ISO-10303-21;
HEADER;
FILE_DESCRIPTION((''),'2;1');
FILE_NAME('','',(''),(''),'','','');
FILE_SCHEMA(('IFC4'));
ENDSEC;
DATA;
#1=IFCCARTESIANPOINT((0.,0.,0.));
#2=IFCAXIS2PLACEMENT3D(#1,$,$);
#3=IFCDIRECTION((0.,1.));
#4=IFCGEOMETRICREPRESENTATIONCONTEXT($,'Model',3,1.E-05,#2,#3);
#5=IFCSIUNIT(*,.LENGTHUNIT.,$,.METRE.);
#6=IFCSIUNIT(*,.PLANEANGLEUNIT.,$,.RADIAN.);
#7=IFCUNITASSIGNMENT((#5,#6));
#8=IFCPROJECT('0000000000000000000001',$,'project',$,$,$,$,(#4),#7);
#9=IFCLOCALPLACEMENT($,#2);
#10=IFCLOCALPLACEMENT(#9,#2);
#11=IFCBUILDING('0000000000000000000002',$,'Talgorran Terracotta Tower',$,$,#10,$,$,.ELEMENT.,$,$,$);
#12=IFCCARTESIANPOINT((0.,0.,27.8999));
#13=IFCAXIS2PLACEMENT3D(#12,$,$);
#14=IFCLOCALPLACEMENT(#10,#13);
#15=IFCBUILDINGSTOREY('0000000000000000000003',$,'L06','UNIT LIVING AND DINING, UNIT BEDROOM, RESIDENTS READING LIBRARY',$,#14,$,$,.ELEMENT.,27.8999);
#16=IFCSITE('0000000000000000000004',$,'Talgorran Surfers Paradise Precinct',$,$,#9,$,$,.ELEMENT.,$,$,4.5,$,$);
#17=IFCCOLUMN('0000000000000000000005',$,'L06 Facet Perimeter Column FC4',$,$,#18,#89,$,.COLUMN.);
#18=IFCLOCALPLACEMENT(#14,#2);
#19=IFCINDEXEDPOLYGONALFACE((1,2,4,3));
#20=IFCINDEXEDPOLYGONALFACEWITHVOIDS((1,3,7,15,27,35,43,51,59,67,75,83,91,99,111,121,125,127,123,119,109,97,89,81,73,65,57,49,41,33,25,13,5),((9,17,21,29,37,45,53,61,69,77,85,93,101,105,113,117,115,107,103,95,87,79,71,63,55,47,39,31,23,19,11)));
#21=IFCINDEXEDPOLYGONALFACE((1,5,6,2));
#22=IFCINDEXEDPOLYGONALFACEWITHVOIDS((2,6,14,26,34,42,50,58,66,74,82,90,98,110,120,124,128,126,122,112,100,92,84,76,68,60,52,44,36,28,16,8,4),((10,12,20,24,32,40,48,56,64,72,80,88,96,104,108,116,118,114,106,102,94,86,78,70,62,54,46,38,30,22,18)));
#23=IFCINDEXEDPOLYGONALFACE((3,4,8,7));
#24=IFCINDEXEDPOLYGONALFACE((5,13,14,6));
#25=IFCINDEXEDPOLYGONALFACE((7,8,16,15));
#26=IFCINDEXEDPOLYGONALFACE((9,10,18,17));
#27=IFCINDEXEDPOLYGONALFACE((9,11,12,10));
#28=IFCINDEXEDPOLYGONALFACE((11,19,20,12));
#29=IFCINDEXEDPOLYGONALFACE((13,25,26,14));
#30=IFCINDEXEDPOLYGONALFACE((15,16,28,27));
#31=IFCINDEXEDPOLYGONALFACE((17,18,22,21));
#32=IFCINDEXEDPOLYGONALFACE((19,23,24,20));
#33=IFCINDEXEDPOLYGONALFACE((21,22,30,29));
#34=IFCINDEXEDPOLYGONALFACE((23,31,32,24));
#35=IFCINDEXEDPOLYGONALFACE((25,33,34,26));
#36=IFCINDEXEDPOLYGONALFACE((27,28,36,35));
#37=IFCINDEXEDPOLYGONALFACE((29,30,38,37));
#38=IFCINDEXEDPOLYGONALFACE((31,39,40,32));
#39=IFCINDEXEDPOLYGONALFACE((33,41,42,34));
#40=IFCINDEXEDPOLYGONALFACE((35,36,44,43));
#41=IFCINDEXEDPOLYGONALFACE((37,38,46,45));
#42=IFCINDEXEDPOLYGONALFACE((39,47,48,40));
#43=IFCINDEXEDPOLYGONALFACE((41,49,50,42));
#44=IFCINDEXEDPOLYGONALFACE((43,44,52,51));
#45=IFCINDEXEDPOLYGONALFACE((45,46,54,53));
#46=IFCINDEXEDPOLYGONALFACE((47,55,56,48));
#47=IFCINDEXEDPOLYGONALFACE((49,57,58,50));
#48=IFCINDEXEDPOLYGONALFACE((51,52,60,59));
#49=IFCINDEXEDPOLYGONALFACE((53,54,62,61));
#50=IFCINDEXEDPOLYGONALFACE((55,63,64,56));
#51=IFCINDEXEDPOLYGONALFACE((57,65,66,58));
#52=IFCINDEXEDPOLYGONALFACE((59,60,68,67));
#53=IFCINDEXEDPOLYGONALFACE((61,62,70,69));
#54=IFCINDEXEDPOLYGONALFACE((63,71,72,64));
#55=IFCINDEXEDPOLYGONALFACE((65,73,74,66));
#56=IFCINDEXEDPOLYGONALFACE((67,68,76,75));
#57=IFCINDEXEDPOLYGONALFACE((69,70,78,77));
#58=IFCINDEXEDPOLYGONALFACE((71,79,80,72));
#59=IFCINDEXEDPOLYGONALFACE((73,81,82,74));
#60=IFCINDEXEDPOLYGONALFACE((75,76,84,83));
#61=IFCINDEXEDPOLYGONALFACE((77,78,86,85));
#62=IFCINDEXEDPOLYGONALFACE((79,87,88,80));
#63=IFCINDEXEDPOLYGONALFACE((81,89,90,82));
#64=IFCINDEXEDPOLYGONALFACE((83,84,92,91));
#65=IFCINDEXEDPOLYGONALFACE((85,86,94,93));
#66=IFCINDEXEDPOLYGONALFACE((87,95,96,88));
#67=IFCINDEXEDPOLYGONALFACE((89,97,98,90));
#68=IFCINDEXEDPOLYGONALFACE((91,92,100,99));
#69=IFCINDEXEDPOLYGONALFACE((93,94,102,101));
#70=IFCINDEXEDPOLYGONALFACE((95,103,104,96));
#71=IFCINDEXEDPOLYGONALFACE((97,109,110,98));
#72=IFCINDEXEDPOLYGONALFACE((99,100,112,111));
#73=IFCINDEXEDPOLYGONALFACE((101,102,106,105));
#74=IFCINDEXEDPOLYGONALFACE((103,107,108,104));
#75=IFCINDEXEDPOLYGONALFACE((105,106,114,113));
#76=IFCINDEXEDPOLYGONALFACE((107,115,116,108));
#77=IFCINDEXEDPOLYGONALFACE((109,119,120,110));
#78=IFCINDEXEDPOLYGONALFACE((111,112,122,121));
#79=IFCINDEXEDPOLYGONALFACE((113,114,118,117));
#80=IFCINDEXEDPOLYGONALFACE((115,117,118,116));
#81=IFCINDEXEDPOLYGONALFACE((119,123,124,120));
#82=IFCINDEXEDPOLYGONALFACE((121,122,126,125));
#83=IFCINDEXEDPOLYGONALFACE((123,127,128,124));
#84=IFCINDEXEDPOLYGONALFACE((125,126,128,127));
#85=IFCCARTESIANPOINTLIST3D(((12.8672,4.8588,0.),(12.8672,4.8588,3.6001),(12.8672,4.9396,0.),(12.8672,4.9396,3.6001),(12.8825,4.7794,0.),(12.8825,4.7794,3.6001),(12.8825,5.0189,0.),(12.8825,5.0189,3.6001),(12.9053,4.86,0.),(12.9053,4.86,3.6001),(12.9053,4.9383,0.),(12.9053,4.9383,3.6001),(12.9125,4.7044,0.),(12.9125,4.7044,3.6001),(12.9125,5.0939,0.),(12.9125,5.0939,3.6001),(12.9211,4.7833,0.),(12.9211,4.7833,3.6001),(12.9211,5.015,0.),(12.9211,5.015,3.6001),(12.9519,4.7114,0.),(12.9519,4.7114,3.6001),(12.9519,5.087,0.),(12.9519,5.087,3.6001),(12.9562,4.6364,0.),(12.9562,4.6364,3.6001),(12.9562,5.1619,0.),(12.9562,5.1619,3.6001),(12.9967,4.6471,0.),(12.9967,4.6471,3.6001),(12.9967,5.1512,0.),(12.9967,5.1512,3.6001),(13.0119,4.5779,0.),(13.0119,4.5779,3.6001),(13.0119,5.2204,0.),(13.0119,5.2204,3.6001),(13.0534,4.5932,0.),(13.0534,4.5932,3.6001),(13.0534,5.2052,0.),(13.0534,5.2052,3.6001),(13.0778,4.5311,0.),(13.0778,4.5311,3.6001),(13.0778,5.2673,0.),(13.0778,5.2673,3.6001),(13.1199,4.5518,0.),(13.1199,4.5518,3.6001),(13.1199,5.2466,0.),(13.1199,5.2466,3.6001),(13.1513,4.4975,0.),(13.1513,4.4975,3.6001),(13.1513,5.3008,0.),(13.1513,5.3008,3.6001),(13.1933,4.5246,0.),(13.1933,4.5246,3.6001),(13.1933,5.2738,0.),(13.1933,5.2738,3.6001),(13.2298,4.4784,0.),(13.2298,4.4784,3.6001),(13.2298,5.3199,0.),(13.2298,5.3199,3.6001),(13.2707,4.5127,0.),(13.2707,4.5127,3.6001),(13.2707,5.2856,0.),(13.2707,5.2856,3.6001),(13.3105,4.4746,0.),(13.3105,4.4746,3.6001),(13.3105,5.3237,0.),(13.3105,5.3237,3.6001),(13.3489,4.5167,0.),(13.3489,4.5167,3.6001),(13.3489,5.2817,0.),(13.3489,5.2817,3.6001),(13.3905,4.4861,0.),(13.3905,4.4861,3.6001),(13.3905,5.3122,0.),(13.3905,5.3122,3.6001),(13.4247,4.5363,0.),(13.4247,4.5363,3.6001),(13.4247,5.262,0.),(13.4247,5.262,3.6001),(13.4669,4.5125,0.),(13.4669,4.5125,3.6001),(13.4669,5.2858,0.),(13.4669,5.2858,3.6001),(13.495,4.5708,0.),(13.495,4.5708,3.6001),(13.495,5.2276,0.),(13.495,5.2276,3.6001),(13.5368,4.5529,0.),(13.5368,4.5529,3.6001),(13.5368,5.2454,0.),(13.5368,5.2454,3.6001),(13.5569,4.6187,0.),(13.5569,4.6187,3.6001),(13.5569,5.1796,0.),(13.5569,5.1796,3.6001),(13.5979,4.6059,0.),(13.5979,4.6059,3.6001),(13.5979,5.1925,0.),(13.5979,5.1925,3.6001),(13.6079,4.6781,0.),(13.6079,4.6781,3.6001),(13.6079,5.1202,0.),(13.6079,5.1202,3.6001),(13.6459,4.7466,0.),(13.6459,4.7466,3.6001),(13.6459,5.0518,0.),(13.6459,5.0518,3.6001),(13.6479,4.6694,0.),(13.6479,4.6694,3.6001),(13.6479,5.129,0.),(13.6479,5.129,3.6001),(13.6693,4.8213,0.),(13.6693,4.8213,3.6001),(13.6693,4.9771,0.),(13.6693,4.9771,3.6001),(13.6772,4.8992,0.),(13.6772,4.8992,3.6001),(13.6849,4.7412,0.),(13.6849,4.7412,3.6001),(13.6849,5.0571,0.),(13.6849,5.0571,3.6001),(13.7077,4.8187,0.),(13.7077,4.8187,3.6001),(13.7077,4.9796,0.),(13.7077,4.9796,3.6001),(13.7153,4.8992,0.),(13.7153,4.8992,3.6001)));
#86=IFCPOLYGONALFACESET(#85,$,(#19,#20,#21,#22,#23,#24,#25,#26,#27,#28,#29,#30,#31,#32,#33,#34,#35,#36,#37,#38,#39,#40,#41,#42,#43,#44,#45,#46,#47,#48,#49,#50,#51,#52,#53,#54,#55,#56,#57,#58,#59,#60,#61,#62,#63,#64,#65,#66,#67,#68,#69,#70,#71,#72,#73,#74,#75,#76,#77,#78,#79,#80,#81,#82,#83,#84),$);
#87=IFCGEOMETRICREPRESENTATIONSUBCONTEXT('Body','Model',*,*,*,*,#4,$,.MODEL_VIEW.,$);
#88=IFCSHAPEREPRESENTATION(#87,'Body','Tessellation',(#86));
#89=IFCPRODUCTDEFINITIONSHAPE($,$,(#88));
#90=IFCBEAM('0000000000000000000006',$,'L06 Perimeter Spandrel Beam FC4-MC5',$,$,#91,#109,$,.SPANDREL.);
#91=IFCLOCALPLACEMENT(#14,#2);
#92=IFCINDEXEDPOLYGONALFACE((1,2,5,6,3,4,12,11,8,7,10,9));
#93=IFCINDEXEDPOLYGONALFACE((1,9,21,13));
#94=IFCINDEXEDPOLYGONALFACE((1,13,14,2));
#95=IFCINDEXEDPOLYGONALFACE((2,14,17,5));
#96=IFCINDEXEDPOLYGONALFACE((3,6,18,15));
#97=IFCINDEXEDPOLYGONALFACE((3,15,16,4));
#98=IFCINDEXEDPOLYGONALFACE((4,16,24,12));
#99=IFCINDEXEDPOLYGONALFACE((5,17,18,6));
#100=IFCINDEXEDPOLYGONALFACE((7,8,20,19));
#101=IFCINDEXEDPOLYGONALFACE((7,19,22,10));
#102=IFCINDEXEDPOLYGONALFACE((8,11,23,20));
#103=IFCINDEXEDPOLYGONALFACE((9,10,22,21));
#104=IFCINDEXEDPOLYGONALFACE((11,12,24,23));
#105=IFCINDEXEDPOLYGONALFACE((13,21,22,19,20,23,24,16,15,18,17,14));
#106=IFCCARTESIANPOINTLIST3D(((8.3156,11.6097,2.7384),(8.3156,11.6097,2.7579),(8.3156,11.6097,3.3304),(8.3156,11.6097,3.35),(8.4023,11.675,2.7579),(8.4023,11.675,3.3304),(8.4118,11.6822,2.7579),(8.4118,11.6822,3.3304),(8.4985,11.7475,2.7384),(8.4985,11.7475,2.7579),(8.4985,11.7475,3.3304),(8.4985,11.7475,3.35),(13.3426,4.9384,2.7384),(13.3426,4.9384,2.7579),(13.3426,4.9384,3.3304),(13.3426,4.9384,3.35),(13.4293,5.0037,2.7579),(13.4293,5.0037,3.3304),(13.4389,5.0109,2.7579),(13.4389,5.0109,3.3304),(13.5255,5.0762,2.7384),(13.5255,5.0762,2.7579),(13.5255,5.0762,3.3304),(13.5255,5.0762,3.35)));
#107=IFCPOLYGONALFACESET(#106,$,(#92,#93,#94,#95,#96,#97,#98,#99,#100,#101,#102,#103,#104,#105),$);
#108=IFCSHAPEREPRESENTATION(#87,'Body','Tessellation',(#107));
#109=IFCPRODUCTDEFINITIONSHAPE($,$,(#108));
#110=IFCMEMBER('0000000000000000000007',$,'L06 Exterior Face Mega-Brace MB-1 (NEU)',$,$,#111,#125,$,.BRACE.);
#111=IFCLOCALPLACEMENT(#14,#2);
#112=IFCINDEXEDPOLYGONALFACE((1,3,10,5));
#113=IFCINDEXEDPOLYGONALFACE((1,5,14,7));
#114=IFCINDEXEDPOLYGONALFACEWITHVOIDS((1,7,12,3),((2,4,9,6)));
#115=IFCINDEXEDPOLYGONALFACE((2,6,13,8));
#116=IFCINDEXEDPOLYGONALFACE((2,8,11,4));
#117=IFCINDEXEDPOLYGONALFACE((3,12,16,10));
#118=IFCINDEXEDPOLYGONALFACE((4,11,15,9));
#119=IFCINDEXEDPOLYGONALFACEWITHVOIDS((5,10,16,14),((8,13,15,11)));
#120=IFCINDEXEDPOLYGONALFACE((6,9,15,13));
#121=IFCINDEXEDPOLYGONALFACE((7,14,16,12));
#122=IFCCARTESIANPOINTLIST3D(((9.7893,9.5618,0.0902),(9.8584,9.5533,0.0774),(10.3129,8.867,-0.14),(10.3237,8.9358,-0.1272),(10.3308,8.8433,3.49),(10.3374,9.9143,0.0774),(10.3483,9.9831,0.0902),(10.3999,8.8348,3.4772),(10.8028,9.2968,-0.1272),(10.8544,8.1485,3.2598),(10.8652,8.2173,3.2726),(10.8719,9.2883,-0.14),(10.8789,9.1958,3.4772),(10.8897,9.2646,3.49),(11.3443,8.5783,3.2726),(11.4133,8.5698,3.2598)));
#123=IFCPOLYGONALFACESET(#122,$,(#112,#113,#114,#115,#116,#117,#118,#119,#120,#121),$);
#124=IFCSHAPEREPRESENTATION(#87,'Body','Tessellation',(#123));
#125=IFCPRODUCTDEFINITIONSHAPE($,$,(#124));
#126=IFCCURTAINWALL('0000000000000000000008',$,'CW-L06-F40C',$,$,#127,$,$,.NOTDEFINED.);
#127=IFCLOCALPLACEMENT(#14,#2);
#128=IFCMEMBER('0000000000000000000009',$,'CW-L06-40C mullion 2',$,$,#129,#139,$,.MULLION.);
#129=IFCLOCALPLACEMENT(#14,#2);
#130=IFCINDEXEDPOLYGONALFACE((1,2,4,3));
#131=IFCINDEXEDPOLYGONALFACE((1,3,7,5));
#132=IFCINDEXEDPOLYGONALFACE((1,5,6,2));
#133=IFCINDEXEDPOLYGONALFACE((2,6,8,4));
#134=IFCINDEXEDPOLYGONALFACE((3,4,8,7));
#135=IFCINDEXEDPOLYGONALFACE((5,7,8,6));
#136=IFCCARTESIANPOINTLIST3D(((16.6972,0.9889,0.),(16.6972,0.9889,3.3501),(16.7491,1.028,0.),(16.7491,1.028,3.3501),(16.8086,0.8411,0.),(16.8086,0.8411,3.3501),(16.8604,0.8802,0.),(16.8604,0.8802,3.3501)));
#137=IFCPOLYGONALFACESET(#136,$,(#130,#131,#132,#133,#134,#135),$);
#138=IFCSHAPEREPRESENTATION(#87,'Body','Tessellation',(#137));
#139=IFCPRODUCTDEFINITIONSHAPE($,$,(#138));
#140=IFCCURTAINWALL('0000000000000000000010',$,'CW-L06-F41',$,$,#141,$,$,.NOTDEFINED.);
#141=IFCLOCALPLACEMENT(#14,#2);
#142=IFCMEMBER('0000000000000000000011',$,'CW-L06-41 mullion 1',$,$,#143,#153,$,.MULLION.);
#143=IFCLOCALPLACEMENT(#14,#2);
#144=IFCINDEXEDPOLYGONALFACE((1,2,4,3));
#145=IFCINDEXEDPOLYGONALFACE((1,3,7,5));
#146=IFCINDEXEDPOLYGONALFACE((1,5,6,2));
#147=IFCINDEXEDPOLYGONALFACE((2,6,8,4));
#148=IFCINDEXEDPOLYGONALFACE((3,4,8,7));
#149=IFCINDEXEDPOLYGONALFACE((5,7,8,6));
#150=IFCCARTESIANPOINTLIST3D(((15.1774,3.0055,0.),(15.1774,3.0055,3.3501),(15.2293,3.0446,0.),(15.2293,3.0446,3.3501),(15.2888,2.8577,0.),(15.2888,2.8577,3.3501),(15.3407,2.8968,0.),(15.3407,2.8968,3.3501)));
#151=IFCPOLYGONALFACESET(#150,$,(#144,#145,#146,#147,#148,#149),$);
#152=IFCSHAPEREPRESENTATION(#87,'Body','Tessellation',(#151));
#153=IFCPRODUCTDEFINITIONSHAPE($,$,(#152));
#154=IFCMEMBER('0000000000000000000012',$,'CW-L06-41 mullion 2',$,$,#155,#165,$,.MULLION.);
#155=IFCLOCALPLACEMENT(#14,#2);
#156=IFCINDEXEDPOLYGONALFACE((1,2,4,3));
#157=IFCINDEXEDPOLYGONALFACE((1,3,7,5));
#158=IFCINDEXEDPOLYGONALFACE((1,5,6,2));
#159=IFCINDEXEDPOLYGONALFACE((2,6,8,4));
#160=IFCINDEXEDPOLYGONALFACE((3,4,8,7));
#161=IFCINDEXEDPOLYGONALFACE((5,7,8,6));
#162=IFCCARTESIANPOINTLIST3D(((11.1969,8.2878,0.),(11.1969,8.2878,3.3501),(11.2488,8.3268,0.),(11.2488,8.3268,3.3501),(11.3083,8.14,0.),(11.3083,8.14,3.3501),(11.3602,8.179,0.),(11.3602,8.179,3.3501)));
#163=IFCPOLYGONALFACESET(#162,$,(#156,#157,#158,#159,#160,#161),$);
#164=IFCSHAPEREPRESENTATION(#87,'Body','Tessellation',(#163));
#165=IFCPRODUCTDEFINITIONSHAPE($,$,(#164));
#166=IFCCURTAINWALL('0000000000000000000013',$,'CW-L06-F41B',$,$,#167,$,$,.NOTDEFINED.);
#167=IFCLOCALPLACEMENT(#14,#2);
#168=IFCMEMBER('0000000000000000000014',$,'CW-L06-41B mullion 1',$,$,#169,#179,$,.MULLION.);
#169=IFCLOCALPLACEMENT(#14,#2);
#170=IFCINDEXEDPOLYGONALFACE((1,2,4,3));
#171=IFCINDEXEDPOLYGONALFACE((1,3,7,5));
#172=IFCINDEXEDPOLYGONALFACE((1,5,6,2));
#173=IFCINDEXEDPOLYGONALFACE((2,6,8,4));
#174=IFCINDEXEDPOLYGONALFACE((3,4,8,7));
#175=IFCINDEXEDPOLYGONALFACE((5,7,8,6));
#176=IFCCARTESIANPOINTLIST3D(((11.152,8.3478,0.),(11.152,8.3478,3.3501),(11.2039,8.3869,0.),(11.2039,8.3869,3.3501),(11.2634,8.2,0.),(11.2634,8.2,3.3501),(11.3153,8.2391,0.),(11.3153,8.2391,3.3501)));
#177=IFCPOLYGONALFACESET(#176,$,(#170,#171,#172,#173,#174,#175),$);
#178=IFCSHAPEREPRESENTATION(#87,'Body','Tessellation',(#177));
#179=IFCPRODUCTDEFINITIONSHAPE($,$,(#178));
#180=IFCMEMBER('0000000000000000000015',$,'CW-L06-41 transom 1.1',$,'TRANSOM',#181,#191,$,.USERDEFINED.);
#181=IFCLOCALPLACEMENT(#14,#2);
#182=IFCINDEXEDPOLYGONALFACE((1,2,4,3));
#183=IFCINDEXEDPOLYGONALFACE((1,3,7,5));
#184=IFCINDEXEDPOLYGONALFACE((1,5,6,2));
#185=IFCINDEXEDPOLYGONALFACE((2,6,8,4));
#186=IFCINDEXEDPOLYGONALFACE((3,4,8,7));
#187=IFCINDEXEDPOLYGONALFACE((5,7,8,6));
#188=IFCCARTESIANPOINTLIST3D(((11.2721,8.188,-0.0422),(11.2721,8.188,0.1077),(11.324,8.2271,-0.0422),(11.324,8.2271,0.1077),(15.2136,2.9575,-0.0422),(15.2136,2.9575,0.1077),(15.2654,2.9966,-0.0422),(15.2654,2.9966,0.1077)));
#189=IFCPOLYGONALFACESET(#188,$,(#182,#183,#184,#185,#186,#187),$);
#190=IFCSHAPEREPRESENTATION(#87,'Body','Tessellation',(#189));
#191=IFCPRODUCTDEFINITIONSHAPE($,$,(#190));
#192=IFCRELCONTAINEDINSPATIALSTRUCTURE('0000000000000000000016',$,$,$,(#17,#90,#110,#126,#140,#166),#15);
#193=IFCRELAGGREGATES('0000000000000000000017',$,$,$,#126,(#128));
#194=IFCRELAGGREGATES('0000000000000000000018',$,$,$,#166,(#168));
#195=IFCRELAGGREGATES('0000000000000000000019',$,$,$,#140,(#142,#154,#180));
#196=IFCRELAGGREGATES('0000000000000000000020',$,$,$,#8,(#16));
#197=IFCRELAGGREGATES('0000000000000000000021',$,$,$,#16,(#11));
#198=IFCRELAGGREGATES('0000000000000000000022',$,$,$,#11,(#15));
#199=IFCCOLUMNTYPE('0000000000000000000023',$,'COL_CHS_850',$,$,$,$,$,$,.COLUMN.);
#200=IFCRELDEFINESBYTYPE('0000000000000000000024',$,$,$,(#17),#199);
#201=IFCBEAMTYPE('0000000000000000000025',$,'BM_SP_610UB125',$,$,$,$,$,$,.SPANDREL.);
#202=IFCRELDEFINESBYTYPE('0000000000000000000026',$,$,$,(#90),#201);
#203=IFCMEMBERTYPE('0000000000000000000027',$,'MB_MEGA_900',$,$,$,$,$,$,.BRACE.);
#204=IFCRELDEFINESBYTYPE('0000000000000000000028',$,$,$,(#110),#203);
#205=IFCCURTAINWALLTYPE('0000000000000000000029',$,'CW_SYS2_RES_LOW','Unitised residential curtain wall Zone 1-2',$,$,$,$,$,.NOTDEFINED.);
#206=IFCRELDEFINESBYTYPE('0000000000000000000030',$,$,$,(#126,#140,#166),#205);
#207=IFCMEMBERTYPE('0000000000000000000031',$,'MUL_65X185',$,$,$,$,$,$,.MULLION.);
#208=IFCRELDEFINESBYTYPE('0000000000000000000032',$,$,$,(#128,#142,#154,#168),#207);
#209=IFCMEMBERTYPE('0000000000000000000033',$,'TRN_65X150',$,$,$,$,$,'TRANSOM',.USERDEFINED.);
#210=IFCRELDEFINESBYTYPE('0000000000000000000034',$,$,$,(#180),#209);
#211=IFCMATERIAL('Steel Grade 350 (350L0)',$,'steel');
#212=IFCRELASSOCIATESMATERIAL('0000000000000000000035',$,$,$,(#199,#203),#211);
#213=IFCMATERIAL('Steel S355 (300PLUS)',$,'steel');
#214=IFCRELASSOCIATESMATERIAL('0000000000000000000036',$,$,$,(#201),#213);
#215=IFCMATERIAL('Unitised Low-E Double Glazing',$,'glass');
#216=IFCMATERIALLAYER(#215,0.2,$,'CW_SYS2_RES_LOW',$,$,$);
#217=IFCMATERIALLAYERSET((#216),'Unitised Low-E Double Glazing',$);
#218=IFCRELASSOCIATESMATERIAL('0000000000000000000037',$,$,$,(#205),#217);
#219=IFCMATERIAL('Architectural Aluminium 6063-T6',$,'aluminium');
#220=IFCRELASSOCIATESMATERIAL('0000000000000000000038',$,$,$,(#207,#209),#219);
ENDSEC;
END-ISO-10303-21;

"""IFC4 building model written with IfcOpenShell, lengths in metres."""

from ifc_helpers import new_model, si_unit, direction, frame, origin, origin_2d, place, context, subcontext, project, spatial, rectangle, hollow_rectangle, hollow_circle, i_section, extrude, material, layer, layer_set, material_profile, profile_set, type_object, element, aggregate, save


model = new_model("IFC4")

# Units and contexts
model_context = context("Model", 3, precision=1e-05, world=origin(), true_north=direction((0.0, 1.0)))
body_context = subcontext(model_context, "Body", "Model", "MODEL_VIEW")
ifc_project = project(units=[si_unit("LENGTHUNIT", "METRE"), si_unit("PLANEANGLEUNIT", "RADIAN")], contexts=[model_context])

# Site, building, storey
site_placement = place(None, origin())
site = spatial("IfcSite", under=ifc_project, at=site_placement, Name="Talgorran Surfers Paradise Precinct", CompositionType="ELEMENT", RefElevation=4.5)
building_placement = place(site_placement, origin())
building = spatial("IfcBuilding", under=site, at=building_placement, Name="Talgorran Terracotta Tower", CompositionType="ELEMENT")
storey_placement = place(building_placement, frame((0.0, 0.0, 27.8999)))
storey = spatial("IfcBuildingStorey", under=building, at=storey_placement, Name="L06", Description="UNIT LIVING AND DINING, UNIT BEDROOM, RESIDENTS READING LIBRARY", CompositionType="ELEMENT", Elevation=27.8999)

# Column
ifc_material_1 = material(Name="Steel Grade 350 (350L0)", Category="steel")
ifc_material_profile_1 = material_profile(ifc_material_1, hollow_circle(Radius=0.425, WallThickness=0.0381, at=origin_2d()), Name="CHS850X38")
ifc_profile_set_1 = profile_set([ifc_material_profile_1], Name="Steel Grade 350 (350L0)")
column_type = type_object("IfcColumnType", Name="COL_CHS_850", PredefinedType="COLUMN", material=ifc_profile_set_1)
column_placement = place(storey_placement, frame((13.2903, 4.8992, 0.0), z_axis=(0.0, 0.0, 1.0), x_axis=(1.0, 0.0, 0.0)))
element("IfcColumn", 1, at=column_placement, inside=storey, type_object=column_type, Name="L06 Facet Perimeter Column FC4", PredefinedType="COLUMN", context=body_context, shape_type="SweptSolid", body=[
    extrude(hollow_circle(Radius=0.425, WallThickness=0.0381, at=origin_2d()), origin(), (0.0, 0.0, 1.0), 3.6001),
])

# Beam
ifc_material_2 = material(Name="Steel S355 (300PLUS)", Category="steel")
ifc_material_profile_2 = material_profile(ifc_material_2, i_section(OverallWidth=0.229, OverallDepth=0.6116, WebThickness=0.012, FlangeThickness=0.0195, at=origin_2d()), Name="610UB125")
ifc_profile_set_2 = profile_set([ifc_material_profile_2], Name="Steel S355 (300PLUS)")
beam_type = type_object("IfcBeamType", Name="BM_SP_610UB125", PredefinedType="SPANDREL", material=ifc_profile_set_2)
beam_placement = place(storey_placement, frame((13.4341, 5.0073, 3.0442), z_axis=(-0.601804, 0.798644, 0.0), x_axis=(-0.798644, -0.601804, 0.0)))
element("IfcBeam", 2, at=beam_placement, inside=storey, type_object=beam_type, Name="L06 Perimeter Spandrel Beam FC4-MC5", PredefinedType="SPANDREL", context=body_context, shape_type="SweptSolid", body=[
    extrude(i_section(OverallWidth=0.229, OverallDepth=0.6116, WebThickness=0.012, FlangeThickness=0.0195, at=origin_2d()), origin(), (0.0, 0.0, 1.0), 8.3533),
])

# Member
ifc_material_profile_3 = material_profile(ifc_material_1, hollow_rectangle(XDim=0.7, YDim=0.8999, WallThickness=0.05, at=origin_2d()), Name="WBOX900X700X50")
ifc_profile_set_3 = profile_set([ifc_material_profile_3], Name="Steel Grade 350 (350L0)")
member_type_1 = type_object("IfcMemberType", Name="MB_MEGA_900", PredefinedType="BRACE", material=ifc_profile_set_3)
member_1_placement = place(storey_placement, frame((10.3306, 9.425, -0.0249), z_axis=(0.153971, -0.204299, 0.966724), x_axis=(0.798598, 0.601865, 0.0)))
element("IfcMember", 3, at=member_1_placement, inside=storey, type_object=member_type_1, Name="L06 Exterior Face Mega-Brace MB-1 (NEU)", PredefinedType="BRACE", context=body_context, shape_type="SweptSolid", body=[
    extrude(hollow_rectangle(XDim=0.7, YDim=0.8999, WallThickness=0.05, at=origin_2d()), origin(), (0.0, 0.0, 1.0), 3.5168),
])

# Curtain wall, member
ifc_material_3 = material(Name="Unitised Low-E Double Glazing", Category="glass")
ifc_layer_1 = layer(ifc_material_3, 0.2, Name="CW_SYS2_RES_LOW")
ifc_layer_set_1 = layer_set([ifc_layer_1], Name="Unitised Low-E Double Glazing")
curtain_wall_type = type_object("IfcCurtainWallType", Name="CW_SYS2_RES_LOW", Description="Unitised residential curtain wall Zone 1-2", PredefinedType="NOTDEFINED", material=ifc_layer_set_1)
curtain_wall_1_placement = place(storey_placement, origin())
curtain_wall_1 = element("IfcCurtainWall", 4, at=curtain_wall_1_placement, inside=storey, type_object=curtain_wall_type, Name="CW-L06-F40C", PredefinedType="NOTDEFINED")
ifc_material_4 = material(Name="Architectural Aluminium 6063-T6", Category="aluminium")
ifc_material_profile_4 = material_profile(ifc_material_4, rectangle(XDim=0.0649, YDim=0.1851, at=origin_2d()), Name="CWM65X185")
ifc_profile_set_4 = profile_set([ifc_material_profile_4], Name="Architectural Aluminium 6063-T6")
member_type_2 = type_object("IfcMemberType", Name="MUL_65X185", PredefinedType="MULLION", material=ifc_profile_set_4)
member_2_placement = place(storey_placement, frame((16.7788, 0.9346, 0.0), z_axis=(0.0, 0.0, 1.0), x_axis=(-0.798643, -0.601805, 0.0)))
member_2 = element("IfcMember", 5, at=member_2_placement, type_object=member_type_2, Name="CW-L06-40C mullion 2", PredefinedType="MULLION", context=body_context, shape_type="SweptSolid", body=[
    extrude(rectangle(XDim=0.0649, YDim=0.1851, at=origin_2d()), origin(), (0.0, 0.0, 1.0), 3.3501),
])
aggregate(curtain_wall_1, [member_2])

# Curtain wall, members
curtain_wall_2_placement = place(storey_placement, origin())
curtain_wall_2 = element("IfcCurtainWall", 6, at=curtain_wall_2_placement, inside=storey, type_object=curtain_wall_type, Name="CW-L06-F41", PredefinedType="NOTDEFINED")
member_3_placement = place(storey_placement, frame((15.259, 2.9512, 0.0), z_axis=(0.0, 0.0, 1.0), x_axis=(-0.798642, -0.601807, 0.0)))
member_3 = element("IfcMember", 7, at=member_3_placement, type_object=member_type_2, Name="CW-L06-41 mullion 1", PredefinedType="MULLION", context=body_context, shape_type="SweptSolid", body=[
    extrude(rectangle(XDim=0.0649, YDim=0.1851, at=origin_2d()), origin(), (0.0, 0.0, 1.0), 3.3501),
])
member_4_placement = place(storey_placement, frame((11.2786, 8.2334, 0.0), z_axis=(0.0, 0.0, 1.0), x_axis=(-0.798642, -0.601807, 0.0)))
member_4 = element("IfcMember", 8, at=member_4_placement, type_object=member_type_2, Name="CW-L06-41 mullion 2", PredefinedType="MULLION", context=body_context, shape_type="SweptSolid", body=[
    extrude(rectangle(XDim=0.0649, YDim=0.1851, at=origin_2d()), origin(), (0.0, 0.0, 1.0), 3.3501),
])

# Curtain wall, member
curtain_wall_3_placement = place(storey_placement, origin())
curtain_wall_3 = element("IfcCurtainWall", 9, at=curtain_wall_3_placement, inside=storey, type_object=curtain_wall_type, Name="CW-L06-F41B", PredefinedType="NOTDEFINED")
member_5_placement = place(storey_placement, frame((11.2336, 8.2935, 0.0), z_axis=(0.0, 0.0, 1.0), x_axis=(-0.798611, -0.601847, 0.0)))
member_5 = element("IfcMember", 10, at=member_5_placement, type_object=member_type_2, Name="CW-L06-41B mullion 1", PredefinedType="MULLION", context=body_context, shape_type="SweptSolid", body=[
    extrude(rectangle(XDim=0.0649, YDim=0.1851, at=origin_2d()), origin(), (0.0, 0.0, 1.0), 3.3501),
])

# Member
ifc_material_profile_5 = material_profile(ifc_material_4, rectangle(XDim=0.0649, YDim=0.1499, at=origin_2d()), Name="CWT65X150")
ifc_profile_set_5 = profile_set([ifc_material_profile_5], Name="Architectural Aluminium 6063-T6")
member_type_3 = type_object("IfcMemberType", Name="TRN_65X150", ElementType="TRANSOM", PredefinedType="USERDEFINED", material=ifc_profile_set_5)
member_6_placement = place(storey_placement, frame((15.2395, 2.9771, 0.0327), z_axis=(-0.601812, 0.798638, 0.0), x_axis=(-0.798638, -0.601812, 0.0)))
member_6 = element("IfcMember", 11, at=member_6_placement, type_object=member_type_3, Name="CW-L06-41 transom 1.1", ObjectType="TRANSOM", PredefinedType="USERDEFINED", context=body_context, shape_type="SweptSolid", body=[
    extrude(rectangle(XDim=0.0649, YDim=0.1499, at=origin_2d()), origin(), (0.0, 0.0, 1.0), 6.5493),
])

aggregate(curtain_wall_3, [member_5])
aggregate(curtain_wall_2, [member_3, member_4, member_6])

save(model, "model.ifc")
